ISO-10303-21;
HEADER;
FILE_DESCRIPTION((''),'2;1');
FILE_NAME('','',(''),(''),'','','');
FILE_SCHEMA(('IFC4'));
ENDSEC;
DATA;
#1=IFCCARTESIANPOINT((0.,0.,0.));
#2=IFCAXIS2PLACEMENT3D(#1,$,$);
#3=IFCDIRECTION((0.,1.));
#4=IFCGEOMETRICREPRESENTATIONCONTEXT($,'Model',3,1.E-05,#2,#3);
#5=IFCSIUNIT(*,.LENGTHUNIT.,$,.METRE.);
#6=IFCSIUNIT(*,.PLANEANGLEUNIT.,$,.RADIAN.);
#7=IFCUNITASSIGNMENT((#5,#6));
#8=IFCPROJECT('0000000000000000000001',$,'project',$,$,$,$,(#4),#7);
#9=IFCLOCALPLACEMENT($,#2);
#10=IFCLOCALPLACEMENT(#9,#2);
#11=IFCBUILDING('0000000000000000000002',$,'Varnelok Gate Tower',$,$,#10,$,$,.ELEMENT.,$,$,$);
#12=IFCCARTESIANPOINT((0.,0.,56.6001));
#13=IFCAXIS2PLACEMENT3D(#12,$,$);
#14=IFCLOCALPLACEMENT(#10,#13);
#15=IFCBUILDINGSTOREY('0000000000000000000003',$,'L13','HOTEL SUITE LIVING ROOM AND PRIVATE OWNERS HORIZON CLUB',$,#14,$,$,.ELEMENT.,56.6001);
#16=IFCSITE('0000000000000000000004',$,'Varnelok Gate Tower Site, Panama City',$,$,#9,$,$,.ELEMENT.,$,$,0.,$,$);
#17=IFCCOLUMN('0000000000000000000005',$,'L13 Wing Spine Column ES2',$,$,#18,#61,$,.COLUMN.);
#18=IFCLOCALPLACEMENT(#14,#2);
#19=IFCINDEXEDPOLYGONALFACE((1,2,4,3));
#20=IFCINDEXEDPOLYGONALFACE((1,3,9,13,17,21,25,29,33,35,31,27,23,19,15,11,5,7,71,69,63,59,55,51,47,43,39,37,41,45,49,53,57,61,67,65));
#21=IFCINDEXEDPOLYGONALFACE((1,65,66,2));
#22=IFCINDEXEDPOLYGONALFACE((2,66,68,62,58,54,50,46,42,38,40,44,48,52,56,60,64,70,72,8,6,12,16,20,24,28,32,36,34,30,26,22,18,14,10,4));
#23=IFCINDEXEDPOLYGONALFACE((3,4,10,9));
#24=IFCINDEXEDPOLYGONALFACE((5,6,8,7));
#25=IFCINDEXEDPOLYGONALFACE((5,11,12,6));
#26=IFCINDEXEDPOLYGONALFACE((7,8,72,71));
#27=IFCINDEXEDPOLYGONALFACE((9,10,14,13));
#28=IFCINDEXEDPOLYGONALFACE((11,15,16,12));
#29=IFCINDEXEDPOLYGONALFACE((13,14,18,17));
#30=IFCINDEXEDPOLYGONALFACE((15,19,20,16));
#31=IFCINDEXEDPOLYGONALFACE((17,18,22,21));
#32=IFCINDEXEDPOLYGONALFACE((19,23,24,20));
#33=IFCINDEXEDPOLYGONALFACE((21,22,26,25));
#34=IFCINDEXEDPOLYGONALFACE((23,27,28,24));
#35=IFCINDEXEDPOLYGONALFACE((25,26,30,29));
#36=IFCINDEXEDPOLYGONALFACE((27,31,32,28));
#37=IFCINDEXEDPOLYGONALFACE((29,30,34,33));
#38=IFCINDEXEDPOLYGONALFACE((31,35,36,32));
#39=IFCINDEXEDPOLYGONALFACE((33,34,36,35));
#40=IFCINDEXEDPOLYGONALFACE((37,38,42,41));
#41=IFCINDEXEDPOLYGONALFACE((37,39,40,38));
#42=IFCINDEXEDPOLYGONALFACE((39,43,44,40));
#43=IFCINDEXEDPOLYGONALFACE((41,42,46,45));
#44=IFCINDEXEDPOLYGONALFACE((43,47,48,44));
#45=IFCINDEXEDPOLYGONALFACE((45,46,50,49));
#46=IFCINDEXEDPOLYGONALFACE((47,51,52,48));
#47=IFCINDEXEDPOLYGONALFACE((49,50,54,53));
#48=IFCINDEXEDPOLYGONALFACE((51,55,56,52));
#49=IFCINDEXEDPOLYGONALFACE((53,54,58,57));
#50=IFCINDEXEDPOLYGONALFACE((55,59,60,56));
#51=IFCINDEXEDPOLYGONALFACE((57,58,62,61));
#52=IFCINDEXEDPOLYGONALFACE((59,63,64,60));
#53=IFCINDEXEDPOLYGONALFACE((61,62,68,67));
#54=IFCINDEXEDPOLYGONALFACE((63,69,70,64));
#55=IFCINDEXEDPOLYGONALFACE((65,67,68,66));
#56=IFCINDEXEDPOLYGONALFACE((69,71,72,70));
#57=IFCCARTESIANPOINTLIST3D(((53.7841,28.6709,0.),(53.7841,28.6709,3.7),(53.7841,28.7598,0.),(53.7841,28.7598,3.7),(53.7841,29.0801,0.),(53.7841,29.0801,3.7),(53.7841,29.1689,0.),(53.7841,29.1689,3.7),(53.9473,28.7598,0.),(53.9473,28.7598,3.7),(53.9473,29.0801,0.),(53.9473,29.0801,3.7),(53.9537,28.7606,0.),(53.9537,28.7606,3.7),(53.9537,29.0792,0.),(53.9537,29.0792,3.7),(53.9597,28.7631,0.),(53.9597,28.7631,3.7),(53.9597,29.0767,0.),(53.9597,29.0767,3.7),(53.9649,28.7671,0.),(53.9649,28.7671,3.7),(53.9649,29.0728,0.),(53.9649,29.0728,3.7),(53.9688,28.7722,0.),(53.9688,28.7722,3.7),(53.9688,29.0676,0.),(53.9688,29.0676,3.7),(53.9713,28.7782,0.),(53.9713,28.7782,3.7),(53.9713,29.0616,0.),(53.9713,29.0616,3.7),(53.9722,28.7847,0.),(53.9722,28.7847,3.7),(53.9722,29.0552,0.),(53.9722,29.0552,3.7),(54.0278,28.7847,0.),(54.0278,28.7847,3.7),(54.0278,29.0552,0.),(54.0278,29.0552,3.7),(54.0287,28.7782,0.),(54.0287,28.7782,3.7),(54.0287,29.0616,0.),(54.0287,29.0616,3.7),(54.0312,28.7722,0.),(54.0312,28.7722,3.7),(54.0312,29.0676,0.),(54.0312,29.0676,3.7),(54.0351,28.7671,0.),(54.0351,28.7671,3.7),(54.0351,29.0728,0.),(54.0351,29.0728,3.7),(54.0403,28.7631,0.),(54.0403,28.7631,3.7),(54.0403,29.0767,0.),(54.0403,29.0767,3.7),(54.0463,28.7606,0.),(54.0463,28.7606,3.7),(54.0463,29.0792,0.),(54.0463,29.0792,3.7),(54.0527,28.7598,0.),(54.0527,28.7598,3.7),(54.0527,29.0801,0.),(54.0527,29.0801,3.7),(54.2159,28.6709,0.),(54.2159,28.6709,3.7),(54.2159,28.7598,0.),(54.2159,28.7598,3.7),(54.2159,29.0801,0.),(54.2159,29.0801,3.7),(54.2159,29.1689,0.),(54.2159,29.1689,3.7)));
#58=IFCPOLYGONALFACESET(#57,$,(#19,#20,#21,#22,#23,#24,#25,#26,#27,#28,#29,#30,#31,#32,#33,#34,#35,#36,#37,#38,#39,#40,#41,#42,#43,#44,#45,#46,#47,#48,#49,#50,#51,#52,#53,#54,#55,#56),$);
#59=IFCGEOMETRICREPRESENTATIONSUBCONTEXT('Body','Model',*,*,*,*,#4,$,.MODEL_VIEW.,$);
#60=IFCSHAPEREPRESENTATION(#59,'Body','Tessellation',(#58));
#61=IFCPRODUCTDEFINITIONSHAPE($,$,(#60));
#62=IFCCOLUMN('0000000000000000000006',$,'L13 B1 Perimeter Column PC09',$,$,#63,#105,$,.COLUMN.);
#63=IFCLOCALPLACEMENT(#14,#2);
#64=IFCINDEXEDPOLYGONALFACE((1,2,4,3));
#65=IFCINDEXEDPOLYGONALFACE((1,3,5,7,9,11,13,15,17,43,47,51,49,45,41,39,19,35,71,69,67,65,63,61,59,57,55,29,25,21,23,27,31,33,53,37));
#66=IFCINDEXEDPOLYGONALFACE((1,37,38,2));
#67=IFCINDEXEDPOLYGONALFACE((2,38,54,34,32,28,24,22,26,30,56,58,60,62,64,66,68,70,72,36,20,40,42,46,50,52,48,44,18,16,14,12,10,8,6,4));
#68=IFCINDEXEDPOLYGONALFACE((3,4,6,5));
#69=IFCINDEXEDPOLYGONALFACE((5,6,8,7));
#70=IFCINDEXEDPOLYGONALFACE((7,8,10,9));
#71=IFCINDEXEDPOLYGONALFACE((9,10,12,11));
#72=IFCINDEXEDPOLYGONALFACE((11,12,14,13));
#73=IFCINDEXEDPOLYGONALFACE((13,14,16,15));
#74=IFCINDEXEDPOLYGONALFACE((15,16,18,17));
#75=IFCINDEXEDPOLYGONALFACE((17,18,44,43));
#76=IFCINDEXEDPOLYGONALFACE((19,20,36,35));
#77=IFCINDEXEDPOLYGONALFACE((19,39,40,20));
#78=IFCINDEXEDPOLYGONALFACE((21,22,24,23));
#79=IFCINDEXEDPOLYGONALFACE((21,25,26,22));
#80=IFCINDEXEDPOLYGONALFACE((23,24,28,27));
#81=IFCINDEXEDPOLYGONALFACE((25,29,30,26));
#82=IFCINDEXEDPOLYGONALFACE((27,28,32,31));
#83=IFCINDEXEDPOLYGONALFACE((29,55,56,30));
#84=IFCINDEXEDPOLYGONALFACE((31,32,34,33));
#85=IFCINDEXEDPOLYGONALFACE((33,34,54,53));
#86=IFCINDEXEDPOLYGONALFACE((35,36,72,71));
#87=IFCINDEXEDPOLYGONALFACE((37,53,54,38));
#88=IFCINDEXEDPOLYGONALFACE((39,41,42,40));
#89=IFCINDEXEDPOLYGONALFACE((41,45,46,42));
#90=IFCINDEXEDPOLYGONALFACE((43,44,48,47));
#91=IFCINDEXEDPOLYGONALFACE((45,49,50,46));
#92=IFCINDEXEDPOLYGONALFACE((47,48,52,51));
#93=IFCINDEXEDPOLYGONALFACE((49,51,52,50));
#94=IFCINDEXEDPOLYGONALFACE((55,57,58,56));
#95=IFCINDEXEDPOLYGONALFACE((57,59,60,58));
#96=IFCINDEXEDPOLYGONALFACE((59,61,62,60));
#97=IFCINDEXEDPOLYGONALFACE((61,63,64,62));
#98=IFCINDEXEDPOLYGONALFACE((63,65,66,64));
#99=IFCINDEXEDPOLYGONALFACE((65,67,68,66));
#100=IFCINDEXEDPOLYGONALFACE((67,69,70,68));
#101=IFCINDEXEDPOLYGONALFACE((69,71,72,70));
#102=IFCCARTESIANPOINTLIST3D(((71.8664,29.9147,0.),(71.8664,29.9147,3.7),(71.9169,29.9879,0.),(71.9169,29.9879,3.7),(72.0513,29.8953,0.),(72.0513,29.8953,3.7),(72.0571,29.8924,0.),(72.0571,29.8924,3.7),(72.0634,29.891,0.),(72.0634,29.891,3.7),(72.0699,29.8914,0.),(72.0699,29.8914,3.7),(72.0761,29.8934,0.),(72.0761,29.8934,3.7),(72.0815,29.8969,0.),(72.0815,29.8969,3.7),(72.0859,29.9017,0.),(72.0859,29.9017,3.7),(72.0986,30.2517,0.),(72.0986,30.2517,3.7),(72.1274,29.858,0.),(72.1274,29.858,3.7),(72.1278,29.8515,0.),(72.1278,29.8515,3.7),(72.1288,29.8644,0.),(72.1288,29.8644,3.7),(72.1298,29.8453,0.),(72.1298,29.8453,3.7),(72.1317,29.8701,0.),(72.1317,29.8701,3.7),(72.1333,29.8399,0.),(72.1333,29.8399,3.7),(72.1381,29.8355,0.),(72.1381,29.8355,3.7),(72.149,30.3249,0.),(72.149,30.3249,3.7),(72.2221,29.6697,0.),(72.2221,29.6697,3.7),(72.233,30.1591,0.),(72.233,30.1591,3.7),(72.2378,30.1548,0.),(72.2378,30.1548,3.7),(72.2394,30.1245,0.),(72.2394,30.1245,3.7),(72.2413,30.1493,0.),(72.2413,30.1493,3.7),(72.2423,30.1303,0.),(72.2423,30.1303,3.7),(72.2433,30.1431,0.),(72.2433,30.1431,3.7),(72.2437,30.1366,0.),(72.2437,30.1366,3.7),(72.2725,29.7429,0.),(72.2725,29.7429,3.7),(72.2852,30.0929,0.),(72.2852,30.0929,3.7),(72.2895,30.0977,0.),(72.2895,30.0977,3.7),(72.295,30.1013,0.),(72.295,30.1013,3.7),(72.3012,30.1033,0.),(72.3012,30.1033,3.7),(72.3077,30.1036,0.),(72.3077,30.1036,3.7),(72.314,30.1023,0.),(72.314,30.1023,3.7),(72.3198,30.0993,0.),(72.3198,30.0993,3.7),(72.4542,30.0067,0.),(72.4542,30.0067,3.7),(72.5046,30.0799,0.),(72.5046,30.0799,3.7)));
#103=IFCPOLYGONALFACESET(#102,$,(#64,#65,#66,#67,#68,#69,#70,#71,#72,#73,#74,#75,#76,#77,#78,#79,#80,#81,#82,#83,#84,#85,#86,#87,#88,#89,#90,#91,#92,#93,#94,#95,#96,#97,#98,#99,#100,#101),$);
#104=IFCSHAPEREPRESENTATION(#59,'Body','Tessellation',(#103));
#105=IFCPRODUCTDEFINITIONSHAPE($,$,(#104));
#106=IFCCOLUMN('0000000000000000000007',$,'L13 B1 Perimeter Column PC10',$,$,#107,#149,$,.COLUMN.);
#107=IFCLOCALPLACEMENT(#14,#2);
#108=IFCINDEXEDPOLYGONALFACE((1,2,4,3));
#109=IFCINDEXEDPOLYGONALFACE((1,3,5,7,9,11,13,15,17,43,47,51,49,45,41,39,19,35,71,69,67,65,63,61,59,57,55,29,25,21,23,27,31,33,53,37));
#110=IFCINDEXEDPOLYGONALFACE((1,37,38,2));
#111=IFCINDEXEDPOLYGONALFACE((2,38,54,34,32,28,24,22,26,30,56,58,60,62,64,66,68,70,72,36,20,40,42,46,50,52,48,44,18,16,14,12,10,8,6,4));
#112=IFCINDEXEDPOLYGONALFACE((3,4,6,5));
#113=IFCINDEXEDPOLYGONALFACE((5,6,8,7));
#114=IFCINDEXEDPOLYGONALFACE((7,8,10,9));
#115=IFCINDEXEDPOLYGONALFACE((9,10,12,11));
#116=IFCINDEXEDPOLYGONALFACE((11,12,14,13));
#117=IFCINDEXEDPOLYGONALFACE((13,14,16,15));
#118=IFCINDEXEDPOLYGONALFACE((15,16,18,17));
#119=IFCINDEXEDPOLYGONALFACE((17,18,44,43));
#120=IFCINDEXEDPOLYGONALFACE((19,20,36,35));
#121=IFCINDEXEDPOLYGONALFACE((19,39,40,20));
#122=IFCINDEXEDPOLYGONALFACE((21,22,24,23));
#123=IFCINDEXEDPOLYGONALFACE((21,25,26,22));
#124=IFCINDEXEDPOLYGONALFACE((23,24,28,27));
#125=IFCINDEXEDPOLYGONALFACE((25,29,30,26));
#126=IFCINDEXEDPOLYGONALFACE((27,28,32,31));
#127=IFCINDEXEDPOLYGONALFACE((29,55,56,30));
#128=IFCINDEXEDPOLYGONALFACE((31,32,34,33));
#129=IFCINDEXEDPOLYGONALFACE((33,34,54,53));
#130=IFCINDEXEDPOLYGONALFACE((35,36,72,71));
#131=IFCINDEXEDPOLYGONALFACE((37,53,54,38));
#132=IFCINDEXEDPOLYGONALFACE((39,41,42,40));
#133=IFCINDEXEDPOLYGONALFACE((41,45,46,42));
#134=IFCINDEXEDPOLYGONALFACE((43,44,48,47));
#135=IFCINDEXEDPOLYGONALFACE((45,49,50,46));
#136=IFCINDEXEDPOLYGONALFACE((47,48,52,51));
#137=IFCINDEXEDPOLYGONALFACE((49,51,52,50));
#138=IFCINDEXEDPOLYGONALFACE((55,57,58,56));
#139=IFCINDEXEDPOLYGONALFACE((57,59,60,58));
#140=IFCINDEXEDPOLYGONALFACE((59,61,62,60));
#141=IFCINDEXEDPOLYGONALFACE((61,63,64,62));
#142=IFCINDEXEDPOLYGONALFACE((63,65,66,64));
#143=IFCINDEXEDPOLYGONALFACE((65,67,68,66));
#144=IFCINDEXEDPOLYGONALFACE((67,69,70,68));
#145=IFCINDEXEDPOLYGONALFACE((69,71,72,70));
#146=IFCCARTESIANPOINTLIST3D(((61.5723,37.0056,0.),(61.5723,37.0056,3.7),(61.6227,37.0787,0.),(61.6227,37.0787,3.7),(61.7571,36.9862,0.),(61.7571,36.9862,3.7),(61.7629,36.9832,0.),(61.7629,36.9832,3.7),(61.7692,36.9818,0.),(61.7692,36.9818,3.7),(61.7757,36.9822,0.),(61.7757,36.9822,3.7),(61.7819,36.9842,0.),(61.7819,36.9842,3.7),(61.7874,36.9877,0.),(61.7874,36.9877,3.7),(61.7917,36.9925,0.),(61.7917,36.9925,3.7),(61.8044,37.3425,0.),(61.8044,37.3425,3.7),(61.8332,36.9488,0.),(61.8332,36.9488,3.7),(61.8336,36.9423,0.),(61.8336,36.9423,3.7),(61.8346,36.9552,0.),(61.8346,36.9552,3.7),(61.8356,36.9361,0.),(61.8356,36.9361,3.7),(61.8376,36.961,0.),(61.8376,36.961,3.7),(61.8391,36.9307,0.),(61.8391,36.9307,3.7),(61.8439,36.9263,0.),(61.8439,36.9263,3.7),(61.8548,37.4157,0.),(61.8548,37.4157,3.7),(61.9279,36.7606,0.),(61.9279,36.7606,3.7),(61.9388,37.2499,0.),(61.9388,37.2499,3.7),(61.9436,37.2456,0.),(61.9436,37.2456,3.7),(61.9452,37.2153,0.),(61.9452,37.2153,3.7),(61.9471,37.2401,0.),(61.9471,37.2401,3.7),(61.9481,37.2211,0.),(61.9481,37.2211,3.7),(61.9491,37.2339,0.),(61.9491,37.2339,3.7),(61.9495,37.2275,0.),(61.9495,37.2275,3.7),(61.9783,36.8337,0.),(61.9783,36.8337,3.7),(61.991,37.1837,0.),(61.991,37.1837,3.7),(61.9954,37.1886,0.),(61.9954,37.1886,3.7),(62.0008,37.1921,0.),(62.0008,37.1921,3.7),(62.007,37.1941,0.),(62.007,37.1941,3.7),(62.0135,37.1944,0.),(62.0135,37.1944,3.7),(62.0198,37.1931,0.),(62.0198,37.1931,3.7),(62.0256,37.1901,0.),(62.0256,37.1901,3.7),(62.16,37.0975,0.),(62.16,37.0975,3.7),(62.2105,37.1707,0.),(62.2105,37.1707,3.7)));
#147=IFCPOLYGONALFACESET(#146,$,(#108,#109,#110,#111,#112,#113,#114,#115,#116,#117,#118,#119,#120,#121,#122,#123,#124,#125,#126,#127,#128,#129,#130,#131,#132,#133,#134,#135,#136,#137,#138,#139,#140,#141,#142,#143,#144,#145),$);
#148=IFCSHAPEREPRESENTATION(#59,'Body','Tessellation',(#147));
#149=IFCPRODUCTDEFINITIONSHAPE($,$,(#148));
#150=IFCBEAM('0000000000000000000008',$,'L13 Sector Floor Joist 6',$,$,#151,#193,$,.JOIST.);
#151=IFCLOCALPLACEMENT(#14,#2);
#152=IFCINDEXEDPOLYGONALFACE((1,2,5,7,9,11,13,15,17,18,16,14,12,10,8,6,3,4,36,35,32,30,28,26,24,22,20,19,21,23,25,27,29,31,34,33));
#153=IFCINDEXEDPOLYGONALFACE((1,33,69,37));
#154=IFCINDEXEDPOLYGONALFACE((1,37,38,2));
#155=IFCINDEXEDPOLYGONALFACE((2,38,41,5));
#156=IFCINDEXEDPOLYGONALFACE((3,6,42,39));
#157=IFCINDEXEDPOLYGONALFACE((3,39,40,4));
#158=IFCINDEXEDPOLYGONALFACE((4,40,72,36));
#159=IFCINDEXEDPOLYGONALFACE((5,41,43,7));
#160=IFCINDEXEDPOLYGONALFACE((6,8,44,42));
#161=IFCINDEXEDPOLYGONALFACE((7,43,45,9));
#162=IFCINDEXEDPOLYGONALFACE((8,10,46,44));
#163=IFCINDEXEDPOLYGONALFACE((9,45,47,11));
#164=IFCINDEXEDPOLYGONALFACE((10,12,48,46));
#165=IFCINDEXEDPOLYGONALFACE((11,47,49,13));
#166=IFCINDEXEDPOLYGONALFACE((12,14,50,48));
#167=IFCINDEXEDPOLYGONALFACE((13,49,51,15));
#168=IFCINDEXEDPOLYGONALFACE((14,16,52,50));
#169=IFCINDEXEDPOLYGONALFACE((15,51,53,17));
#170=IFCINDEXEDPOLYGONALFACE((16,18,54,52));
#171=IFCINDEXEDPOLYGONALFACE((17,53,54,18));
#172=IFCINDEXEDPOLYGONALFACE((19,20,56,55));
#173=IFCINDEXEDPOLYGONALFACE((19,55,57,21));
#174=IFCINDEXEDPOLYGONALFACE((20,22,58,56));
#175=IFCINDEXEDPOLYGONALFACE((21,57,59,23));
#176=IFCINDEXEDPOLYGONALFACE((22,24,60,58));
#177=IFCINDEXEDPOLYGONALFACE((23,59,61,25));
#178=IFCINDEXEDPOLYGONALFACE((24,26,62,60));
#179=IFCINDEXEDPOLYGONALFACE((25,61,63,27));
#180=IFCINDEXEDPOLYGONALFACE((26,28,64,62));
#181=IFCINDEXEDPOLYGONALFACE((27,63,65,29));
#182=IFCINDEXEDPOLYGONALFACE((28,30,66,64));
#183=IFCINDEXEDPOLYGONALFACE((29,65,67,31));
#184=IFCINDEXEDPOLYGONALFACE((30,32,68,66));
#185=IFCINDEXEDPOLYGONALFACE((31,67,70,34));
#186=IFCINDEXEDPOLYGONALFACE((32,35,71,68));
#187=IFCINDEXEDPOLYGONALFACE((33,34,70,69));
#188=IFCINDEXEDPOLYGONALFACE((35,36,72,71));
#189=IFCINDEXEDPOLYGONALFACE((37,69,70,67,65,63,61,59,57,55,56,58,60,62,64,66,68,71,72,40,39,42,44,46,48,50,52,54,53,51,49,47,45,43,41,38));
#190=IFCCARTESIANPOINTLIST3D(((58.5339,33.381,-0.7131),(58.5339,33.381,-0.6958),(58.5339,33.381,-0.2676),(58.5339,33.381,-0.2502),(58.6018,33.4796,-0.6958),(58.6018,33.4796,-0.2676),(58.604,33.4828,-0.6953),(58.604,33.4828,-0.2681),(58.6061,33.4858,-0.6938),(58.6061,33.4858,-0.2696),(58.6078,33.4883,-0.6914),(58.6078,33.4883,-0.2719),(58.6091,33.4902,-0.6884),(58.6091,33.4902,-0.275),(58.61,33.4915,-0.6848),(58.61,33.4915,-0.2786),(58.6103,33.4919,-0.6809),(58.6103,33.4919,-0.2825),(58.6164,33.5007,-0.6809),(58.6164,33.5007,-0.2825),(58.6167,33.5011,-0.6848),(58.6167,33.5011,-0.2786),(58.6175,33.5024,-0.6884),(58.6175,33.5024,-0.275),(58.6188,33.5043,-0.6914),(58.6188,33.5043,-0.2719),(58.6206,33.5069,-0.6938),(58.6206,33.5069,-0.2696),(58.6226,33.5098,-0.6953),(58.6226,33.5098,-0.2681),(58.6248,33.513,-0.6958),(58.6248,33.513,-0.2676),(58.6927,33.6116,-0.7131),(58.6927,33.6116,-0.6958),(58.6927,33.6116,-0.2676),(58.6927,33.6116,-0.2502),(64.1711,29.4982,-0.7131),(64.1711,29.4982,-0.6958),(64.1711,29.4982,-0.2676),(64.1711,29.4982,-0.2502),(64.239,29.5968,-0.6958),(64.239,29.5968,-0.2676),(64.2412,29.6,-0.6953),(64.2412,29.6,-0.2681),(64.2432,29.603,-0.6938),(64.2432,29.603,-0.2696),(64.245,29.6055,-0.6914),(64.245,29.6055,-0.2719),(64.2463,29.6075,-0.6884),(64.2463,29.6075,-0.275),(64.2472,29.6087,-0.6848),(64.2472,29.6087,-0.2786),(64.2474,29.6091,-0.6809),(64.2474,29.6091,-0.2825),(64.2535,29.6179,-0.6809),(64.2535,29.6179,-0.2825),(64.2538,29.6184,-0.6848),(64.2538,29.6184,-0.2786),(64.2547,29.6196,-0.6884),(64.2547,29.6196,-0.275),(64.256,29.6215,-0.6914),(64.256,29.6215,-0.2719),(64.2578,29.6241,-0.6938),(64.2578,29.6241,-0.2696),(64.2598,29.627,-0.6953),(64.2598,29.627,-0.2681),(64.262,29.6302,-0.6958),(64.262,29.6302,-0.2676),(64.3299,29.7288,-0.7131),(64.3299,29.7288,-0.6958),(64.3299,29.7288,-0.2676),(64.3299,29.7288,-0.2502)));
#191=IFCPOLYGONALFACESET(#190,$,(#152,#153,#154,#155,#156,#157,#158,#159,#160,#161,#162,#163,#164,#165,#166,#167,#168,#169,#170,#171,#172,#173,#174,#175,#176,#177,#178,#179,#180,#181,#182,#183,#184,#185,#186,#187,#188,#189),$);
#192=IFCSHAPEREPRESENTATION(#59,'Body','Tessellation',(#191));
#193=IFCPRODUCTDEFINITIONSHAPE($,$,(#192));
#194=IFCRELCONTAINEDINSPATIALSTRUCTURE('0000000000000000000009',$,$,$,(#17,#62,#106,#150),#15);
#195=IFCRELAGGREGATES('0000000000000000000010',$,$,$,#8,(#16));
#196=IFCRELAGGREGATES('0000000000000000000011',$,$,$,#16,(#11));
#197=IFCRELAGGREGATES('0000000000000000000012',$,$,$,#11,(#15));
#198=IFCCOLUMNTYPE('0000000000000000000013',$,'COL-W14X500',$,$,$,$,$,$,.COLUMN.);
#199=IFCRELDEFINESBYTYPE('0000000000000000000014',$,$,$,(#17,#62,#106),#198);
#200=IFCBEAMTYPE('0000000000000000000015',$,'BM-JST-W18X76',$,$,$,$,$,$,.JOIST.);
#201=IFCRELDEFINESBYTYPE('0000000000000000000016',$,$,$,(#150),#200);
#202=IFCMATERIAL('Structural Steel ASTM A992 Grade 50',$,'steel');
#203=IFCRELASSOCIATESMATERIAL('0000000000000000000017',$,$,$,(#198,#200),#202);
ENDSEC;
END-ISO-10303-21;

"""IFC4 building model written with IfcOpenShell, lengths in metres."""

from ifc_helpers import new_model, si_unit, direction, frame, origin, origin_2d, place, context, subcontext, project, spatial, i_section, extrude, material, material_profile, profile_set, type_object, element, save


model = new_model("IFC4")

# Units and contexts
model_context = context("Model", 3, precision=1e-05, world=origin(), true_north=direction((0.0, 1.0)))
body_context = subcontext(model_context, "Body", "Model", "MODEL_VIEW")
ifc_project = project(units=[si_unit("LENGTHUNIT", "METRE"), si_unit("PLANEANGLEUNIT", "RADIAN")], contexts=[model_context])

# Site, building, storey
site_placement = place(None, origin())
site = spatial("IfcSite", under=ifc_project, at=site_placement, Name="Varnelok Gate Tower Site, Panama City", CompositionType="ELEMENT", RefElevation=0.0)
building_placement = place(site_placement, origin())
building = spatial("IfcBuilding", under=site, at=building_placement, Name="Varnelok Gate Tower", CompositionType="ELEMENT")
storey_placement = place(building_placement, frame((0.0, 0.0, 56.6001)))
storey = spatial("IfcBuildingStorey", under=building, at=storey_placement, Name="L13", Description="HOTEL SUITE LIVING ROOM AND PRIVATE OWNERS HORIZON CLUB", CompositionType="ELEMENT", Elevation=56.6001)

# Columns
ifc_material_1 = material(Name="Structural Steel ASTM A992 Grade 50", Category="steel")
ifc_material_profile_1 = material_profile(ifc_material_1, i_section(OverallWidth=0.4319, OverallDepth=0.498, WebThickness=0.0557, FlangeThickness=0.0889, FilletRadius=0.0249, at=origin_2d()), Name="W14X500")
ifc_profile_set_1 = profile_set([ifc_material_profile_1], Name="Structural Steel ASTM A992 Grade 50")
column_type = type_object("IfcColumnType", Name="COL-W14X500", PredefinedType="COLUMN", material=ifc_profile_set_1)
for number, where, z_axis, x_axis, name in (
    (1, (54.0, 28.9199, 0.0), (0.0, 0.0, 1.0), (1.0, 0.0, 0.0), "L13 Wing Spine Column ES2"),
    (2, (72.1855, 29.9973, 0.0), (0.0, 0.0, 1.0), (0.823533, -0.567269, 0.0), "L13 B1 Perimeter Column PC09"),
    (3, (61.8914, 37.0881, 0.0), (0.0, 0.0, 1.0), (0.823533, -0.567269, 0.0), "L13 B1 Perimeter Column PC10"),
):
    element("IfcColumn", number, at=place(storey_placement, frame(where, z_axis=z_axis, x_axis=x_axis)), inside=storey, type_object=column_type, Name=name, PredefinedType="COLUMN", context=body_context, shape_type="SweptSolid", body=[
        extrude(i_section(OverallWidth=0.4319, OverallDepth=0.498, WebThickness=0.0557, FlangeThickness=0.0889, FilletRadius=0.0249, at=origin_2d()), origin(), (0.0, 0.0, 1.0), 3.7),
    ])

# Beam
ifc_material_profile_2 = material_profile(ifc_material_1, i_section(OverallWidth=0.28, OverallDepth=0.4629, WebThickness=0.0107, FlangeThickness=0.0173, FilletRadius=0.0149, at=origin_2d()), Name="W18X76")
ifc_profile_set_2 = profile_set([ifc_material_profile_2], Name="Structural Steel ASTM A992 Grade 50")
beam_type_1 = type_object("IfcBeamType", Name="BM-JST-W18X76", PredefinedType="JOIST", material=ifc_profile_set_2)
beam_1_placement = place(storey_placement, frame((64.2505, 29.6135, -0.4817), z_axis=(-0.823548, 0.567246, 0.0), x_axis=(-0.567246, -0.823548, 0.0)))
element("IfcBeam", 4, at=beam_1_placement, inside=storey, type_object=beam_type_1, Name="L13 Sector Floor Joist 6", PredefinedType="JOIST", context=body_context, shape_type="SweptSolid", body=[
    extrude(i_section(OverallWidth=0.28, OverallDepth=0.4629, WebThickness=0.0107, FlangeThickness=0.0173, FilletRadius=0.0149, at=origin_2d()), origin(), (0.0, 0.0, 1.0), 6.845),
])

save(model, "model.ifc")
